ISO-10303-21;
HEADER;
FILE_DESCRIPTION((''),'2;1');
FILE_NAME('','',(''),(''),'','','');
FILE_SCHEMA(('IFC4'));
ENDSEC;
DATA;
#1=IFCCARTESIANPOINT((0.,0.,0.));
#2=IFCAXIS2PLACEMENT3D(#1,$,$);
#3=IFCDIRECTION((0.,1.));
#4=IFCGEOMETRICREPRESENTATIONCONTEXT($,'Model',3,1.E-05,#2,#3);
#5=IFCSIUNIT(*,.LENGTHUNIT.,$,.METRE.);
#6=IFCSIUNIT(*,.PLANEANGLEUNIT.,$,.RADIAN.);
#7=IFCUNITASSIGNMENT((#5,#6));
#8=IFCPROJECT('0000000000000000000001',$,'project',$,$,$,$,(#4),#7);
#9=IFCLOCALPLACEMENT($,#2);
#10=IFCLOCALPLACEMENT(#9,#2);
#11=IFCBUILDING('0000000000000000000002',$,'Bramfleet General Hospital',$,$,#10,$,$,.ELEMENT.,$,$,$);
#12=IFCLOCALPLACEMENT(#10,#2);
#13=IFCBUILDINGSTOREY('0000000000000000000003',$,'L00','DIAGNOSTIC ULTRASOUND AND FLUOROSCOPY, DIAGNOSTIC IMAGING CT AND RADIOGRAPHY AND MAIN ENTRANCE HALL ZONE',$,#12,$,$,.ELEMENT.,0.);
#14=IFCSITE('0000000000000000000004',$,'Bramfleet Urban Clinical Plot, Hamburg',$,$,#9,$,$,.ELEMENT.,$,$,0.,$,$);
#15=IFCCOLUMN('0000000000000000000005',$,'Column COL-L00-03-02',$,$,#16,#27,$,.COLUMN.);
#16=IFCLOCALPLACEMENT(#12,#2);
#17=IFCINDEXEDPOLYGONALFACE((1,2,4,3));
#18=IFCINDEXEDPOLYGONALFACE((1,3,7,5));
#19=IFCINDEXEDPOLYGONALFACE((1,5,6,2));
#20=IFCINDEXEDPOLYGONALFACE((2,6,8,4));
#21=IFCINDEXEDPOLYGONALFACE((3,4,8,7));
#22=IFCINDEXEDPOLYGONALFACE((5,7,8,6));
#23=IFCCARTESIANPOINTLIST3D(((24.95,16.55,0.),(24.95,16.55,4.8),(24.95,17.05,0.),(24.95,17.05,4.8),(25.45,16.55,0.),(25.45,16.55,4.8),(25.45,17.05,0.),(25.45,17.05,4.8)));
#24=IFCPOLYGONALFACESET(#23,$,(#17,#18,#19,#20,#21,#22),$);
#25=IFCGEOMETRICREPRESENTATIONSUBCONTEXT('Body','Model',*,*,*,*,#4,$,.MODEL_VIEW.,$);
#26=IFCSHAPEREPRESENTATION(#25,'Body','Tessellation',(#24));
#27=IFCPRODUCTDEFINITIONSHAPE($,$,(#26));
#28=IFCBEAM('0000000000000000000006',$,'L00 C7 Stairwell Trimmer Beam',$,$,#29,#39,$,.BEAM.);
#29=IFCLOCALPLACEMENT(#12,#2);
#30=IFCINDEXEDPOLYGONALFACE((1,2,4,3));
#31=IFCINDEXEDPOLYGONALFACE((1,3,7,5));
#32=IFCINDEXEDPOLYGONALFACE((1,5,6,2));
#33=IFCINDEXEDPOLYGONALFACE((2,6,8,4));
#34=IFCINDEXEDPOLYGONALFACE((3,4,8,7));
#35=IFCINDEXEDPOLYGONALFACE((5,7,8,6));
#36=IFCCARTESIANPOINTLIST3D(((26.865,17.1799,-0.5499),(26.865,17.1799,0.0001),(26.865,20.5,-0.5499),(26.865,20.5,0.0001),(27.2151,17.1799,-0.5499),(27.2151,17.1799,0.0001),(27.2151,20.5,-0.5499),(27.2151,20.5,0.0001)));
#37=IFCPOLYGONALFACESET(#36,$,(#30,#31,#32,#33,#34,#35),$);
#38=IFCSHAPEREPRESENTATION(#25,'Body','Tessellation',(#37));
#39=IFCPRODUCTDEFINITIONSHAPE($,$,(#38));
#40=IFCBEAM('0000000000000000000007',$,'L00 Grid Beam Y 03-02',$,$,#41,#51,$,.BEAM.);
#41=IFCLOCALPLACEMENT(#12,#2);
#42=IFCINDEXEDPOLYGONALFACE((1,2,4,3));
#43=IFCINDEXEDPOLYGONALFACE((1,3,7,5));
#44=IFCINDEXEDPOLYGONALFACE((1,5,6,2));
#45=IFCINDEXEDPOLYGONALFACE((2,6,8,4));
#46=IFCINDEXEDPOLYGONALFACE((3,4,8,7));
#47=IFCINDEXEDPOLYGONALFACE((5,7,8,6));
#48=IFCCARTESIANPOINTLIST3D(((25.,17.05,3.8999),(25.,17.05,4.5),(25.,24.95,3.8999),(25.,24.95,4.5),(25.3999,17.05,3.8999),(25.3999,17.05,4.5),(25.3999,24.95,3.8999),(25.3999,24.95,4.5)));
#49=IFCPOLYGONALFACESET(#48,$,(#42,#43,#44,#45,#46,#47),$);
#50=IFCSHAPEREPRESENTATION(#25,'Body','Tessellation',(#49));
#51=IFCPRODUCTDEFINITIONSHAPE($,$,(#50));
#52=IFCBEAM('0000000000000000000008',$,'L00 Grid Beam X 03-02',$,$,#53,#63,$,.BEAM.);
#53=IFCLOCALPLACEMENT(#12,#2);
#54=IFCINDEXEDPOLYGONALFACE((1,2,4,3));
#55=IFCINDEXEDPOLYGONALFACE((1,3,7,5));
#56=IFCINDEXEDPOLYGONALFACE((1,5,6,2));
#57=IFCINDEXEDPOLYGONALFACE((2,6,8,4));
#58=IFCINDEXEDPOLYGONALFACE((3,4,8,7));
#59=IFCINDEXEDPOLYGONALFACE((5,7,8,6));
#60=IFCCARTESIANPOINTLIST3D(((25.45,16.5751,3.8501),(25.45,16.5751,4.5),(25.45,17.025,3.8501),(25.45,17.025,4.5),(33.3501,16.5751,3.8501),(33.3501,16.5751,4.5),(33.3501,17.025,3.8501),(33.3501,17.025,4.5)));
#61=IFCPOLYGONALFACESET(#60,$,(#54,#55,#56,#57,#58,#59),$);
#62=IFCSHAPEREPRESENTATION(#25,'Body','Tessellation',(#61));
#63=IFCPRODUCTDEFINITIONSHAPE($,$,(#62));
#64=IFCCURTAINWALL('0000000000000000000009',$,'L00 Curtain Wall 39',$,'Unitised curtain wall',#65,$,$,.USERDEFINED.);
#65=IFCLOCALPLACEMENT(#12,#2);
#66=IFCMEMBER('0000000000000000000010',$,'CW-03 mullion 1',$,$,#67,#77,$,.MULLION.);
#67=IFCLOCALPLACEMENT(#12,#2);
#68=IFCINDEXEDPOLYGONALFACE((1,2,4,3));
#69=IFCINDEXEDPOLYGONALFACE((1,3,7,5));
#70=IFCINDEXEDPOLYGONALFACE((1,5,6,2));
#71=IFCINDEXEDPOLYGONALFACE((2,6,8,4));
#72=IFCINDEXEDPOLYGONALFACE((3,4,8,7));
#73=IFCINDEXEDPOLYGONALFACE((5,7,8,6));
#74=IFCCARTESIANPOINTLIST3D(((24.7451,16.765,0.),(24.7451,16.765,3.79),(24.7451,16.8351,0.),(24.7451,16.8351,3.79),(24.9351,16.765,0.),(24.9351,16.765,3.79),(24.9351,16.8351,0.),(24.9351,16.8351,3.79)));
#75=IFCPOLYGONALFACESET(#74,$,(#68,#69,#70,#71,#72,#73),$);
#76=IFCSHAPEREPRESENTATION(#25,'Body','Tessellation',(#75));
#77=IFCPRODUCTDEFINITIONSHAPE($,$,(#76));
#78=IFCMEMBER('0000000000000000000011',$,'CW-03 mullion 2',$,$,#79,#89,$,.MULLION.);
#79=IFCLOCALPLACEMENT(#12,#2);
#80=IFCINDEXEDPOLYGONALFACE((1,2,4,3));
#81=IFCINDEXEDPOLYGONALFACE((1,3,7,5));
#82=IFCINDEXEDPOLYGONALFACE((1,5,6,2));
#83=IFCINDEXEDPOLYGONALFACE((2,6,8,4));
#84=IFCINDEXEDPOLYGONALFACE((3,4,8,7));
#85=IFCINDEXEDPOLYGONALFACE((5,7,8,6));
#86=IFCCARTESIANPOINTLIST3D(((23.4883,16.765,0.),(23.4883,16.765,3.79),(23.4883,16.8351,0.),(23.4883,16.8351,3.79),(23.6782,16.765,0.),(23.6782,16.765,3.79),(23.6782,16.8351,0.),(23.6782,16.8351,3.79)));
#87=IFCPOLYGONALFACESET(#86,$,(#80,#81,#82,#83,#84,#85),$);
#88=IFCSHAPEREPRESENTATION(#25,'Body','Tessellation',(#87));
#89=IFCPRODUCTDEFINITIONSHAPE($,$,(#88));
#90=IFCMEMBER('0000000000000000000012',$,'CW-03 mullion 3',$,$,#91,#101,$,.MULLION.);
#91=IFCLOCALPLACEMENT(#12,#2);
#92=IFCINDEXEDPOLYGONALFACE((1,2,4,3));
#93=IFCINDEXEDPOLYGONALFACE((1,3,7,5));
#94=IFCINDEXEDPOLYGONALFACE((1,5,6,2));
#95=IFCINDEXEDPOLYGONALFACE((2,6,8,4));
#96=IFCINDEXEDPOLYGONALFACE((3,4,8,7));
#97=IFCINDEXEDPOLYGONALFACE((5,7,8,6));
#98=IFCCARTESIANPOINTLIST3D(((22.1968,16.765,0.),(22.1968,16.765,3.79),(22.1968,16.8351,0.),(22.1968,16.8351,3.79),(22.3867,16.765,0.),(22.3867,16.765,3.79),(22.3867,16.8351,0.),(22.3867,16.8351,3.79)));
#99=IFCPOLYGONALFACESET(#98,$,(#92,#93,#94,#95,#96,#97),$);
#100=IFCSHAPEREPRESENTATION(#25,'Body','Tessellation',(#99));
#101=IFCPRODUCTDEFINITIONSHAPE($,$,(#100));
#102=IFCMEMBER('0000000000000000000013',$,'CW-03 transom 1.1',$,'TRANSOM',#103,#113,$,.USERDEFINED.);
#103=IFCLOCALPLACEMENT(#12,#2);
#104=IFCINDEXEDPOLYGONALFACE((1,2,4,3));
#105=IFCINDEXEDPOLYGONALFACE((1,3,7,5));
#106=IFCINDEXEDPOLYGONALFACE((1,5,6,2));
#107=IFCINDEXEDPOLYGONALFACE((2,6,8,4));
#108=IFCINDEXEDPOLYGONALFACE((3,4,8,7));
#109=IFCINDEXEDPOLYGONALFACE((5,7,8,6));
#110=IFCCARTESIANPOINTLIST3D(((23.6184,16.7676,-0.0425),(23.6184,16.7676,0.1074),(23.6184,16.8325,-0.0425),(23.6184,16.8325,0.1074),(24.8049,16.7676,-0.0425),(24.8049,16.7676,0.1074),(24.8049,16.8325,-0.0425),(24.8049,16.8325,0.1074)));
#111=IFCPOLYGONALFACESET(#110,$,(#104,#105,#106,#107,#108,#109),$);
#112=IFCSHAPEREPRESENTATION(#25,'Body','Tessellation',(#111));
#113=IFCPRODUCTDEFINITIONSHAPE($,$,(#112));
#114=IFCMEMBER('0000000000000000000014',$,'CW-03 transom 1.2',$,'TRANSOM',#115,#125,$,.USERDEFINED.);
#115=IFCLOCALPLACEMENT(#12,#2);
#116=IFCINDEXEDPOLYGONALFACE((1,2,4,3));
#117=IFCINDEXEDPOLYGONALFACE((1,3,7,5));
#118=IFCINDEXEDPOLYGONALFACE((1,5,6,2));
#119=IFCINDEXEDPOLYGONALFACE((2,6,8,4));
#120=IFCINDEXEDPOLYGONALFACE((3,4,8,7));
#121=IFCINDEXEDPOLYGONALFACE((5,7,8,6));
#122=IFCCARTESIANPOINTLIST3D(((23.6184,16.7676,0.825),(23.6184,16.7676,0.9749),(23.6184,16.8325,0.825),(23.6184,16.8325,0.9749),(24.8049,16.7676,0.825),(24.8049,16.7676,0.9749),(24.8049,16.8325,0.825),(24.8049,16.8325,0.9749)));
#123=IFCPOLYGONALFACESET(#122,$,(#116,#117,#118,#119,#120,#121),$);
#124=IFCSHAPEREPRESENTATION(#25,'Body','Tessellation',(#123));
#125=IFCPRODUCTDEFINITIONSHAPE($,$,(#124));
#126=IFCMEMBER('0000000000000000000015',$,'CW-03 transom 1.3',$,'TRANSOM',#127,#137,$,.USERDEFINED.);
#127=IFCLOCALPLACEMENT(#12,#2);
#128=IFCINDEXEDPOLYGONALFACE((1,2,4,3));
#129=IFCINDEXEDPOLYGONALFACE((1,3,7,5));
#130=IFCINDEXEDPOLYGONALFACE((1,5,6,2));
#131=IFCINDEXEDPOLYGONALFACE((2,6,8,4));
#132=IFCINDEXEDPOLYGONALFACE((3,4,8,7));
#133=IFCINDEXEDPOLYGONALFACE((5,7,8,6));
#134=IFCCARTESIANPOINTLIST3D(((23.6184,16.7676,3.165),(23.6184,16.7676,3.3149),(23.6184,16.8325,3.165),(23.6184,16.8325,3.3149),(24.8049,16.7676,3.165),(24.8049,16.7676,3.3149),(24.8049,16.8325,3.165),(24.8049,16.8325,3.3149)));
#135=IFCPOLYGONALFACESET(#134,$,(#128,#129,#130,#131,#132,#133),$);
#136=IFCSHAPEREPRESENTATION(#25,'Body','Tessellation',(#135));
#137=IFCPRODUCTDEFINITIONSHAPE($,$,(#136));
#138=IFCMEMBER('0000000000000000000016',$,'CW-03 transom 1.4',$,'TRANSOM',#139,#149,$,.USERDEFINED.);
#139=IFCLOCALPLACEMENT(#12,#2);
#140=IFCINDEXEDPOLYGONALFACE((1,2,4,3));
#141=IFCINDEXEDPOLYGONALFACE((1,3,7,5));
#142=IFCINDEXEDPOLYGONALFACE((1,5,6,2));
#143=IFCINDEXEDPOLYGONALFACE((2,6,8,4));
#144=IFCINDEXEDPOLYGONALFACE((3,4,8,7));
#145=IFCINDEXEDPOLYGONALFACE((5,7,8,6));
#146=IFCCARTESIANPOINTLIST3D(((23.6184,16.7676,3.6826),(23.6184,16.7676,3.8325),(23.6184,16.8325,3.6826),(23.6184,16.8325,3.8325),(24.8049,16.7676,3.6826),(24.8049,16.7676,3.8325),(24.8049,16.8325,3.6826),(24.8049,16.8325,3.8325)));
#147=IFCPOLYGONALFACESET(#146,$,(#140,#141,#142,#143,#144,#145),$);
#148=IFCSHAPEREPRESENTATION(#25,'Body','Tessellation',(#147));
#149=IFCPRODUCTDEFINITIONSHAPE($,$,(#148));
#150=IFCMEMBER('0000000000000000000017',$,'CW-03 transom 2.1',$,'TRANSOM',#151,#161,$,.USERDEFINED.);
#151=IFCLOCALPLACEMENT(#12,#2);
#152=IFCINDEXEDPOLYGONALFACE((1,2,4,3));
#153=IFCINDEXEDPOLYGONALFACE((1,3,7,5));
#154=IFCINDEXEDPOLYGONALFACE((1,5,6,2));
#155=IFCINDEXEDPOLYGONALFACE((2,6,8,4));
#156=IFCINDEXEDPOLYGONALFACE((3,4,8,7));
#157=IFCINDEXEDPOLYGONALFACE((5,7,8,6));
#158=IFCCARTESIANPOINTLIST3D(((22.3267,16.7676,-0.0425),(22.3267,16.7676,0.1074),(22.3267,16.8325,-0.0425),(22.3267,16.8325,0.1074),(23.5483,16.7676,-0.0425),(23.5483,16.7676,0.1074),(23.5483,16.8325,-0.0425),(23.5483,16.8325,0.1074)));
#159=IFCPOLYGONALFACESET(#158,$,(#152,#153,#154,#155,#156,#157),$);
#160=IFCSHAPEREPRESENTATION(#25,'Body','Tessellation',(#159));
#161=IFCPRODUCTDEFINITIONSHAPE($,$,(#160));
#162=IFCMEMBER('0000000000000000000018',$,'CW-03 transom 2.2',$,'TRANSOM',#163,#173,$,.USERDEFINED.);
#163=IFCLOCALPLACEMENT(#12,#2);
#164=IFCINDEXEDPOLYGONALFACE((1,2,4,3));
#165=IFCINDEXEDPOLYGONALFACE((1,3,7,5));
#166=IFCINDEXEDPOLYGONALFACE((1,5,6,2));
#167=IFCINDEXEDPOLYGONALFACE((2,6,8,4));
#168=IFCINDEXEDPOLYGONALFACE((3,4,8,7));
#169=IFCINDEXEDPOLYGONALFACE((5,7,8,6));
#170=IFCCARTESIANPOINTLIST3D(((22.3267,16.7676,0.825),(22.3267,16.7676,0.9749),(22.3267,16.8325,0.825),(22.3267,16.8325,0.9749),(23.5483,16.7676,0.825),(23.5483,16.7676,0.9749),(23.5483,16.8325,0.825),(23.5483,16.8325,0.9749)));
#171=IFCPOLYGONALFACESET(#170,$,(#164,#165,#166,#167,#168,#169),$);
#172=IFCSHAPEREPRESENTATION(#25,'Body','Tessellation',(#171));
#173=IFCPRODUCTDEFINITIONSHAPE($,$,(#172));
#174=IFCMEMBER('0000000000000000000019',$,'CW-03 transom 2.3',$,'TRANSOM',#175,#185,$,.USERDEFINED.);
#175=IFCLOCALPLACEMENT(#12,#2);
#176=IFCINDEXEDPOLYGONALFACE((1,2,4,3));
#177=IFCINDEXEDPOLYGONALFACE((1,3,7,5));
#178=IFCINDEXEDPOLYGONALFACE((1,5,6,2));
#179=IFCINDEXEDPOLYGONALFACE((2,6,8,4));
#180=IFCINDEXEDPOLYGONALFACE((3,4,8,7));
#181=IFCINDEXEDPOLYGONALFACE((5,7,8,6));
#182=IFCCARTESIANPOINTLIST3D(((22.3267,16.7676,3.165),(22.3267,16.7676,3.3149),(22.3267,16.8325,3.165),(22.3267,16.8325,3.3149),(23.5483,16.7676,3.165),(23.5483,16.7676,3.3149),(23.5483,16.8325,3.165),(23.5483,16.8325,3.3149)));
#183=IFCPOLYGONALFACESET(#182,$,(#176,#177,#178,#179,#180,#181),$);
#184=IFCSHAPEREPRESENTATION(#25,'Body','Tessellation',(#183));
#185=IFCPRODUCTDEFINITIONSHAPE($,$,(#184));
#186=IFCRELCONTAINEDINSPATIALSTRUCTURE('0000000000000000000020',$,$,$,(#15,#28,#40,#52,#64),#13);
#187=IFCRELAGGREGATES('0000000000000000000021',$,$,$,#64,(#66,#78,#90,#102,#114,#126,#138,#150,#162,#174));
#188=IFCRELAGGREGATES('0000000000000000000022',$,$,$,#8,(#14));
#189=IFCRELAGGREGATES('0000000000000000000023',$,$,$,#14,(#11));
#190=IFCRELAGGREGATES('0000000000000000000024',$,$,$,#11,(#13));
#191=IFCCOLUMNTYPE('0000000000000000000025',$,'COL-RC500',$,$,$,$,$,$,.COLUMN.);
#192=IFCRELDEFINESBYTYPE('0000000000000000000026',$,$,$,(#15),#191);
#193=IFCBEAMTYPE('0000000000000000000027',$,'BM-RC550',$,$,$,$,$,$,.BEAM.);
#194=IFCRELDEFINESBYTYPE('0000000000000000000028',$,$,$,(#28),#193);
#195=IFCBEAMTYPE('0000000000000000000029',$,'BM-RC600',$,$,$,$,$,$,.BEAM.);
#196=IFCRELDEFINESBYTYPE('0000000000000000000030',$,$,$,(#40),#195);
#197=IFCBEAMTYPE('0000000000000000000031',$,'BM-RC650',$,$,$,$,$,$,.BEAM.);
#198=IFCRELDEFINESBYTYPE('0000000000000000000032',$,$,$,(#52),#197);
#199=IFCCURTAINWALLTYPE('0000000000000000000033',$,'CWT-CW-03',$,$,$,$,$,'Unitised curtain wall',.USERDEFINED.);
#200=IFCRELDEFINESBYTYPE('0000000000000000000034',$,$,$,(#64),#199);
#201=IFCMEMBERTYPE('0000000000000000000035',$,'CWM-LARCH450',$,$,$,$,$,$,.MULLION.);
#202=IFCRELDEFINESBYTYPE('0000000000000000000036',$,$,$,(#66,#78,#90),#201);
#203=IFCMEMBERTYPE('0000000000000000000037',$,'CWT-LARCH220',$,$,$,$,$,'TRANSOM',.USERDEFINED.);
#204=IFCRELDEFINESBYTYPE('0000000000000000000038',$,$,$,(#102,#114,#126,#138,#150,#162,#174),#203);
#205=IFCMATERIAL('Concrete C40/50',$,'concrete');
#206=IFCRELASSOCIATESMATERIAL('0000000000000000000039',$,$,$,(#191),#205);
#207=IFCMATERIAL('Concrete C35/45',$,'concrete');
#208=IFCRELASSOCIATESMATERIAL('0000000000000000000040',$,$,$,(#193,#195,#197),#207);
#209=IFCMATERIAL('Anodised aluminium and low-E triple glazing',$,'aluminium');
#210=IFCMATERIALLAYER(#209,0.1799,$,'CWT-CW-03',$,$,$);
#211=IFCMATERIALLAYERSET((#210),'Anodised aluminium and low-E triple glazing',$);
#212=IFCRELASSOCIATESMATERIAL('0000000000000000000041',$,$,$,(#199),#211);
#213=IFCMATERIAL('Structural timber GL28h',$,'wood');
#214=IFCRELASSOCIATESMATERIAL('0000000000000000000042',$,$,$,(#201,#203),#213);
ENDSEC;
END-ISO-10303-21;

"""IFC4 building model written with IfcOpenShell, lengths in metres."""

from ifc_helpers import new_model, si_unit, direction, frame, origin, origin_2d, place, context, subcontext, project, spatial, rectangle, extrude, material, layer, layer_set, material_profile, profile_set, type_object, element, aggregate, save


model = new_model("IFC4")

# Units and contexts
model_context = context("Model", 3, precision=1e-05, world=origin(), true_north=direction((0.0, 1.0)))
body_context = subcontext(model_context, "Body", "Model", "MODEL_VIEW")
ifc_project = project(units=[si_unit("LENGTHUNIT", "METRE"), si_unit("PLANEANGLEUNIT", "RADIAN")], contexts=[model_context])

# Site, building, storey
site_placement = place(None, origin())
site = spatial("IfcSite", under=ifc_project, at=site_placement, Name="Bramfleet Urban Clinical Plot, Hamburg", CompositionType="ELEMENT", RefElevation=0.0)
building_placement = place(site_placement, origin())
building = spatial("IfcBuilding", under=site, at=building_placement, Name="Bramfleet General Hospital", CompositionType="ELEMENT")
storey_placement = place(building_placement, origin())
storey = spatial("IfcBuildingStorey", under=building, at=storey_placement, Name="L00", Description="DIAGNOSTIC ULTRASOUND AND FLUOROSCOPY, DIAGNOSTIC IMAGING CT AND RADIOGRAPHY AND MAIN ENTRANCE HALL ZONE", CompositionType="ELEMENT", Elevation=0.0)

# Column
ifc_material_1 = material(Name="Concrete C40/50", Category="concrete")
ifc_material_profile_1 = material_profile(ifc_material_1, rectangle(XDim=0.5, YDim=0.5, at=origin_2d()), Name="RC COL 500x500")
ifc_profile_set_1 = profile_set([ifc_material_profile_1], Name="Concrete C40/50")
column_type = type_object("IfcColumnType", Name="COL-RC500", PredefinedType="COLUMN", material=ifc_profile_set_1)
column_placement = place(storey_placement, frame((25.2, 16.8, 0.0), z_axis=(0.0, 0.0, 1.0), x_axis=(1.0, 0.0, 0.0)))
element("IfcColumn", 1, at=column_placement, inside=storey, type_object=column_type, Name="Column COL-L00-03-02", PredefinedType="COLUMN", context=body_context, shape_type="SweptSolid", body=[
    extrude(rectangle(XDim=0.5, YDim=0.5, at=origin_2d()), origin(), (0.0, 0.0, 1.0), 4.8),
])

# Beams
ifc_material_2 = material(Name="Concrete C35/45", Category="concrete")
ifc_material_profile_2 = material_profile(ifc_material_2, rectangle(XDim=0.3501, YDim=0.55, at=origin_2d()), Name="RC BM 550x350")
ifc_profile_set_2 = profile_set([ifc_material_profile_2], Name="Concrete C35/45")
beam_type_1 = type_object("IfcBeamType", Name="BM-RC550", PredefinedType="BEAM", material=ifc_profile_set_2)
beam_1_placement = place(storey_placement, frame((27.04, 17.1799, -0.2749), z_axis=(0.0, 1.0, 0.0), x_axis=(-1.0, 0.0, 0.0)))
element("IfcBeam", 2, at=beam_1_placement, inside=storey, type_object=beam_type_1, Name="L00 C7 Stairwell Trimmer Beam", PredefinedType="BEAM", context=body_context, shape_type="SweptSolid", body=[
    extrude(rectangle(XDim=0.3501, YDim=0.55, at=origin_2d()), origin(), (0.0, 0.0, 1.0), 3.3201),
])
ifc_material_profile_3 = material_profile(ifc_material_2, rectangle(XDim=0.3999, YDim=0.6001, at=origin_2d()), Name="RC BM 600x400")
ifc_profile_set_3 = profile_set([ifc_material_profile_3], Name="Concrete C35/45")
beam_type_2 = type_object("IfcBeamType", Name="BM-RC600", PredefinedType="BEAM", material=ifc_profile_set_3)
beam_2_placement = place(storey_placement, frame((25.2, 17.05, 4.2), z_axis=(0.0, 1.0, 0.0), x_axis=(-1.0, 0.0, 0.0)))
element("IfcBeam", 3, at=beam_2_placement, inside=storey, type_object=beam_type_2, Name="L00 Grid Beam Y 03-02", PredefinedType="BEAM", context=body_context, shape_type="SweptSolid", body=[
    extrude(rectangle(XDim=0.3999, YDim=0.6001, at=origin_2d()), origin(), (0.0, 0.0, 1.0), 7.8999),
])
ifc_material_profile_4 = material_profile(ifc_material_2, rectangle(XDim=0.45, YDim=0.6499, at=origin_2d()), Name="RC BM 650x450")
ifc_profile_set_4 = profile_set([ifc_material_profile_4], Name="Concrete C35/45")
beam_type_3 = type_object("IfcBeamType", Name="BM-RC650", PredefinedType="BEAM", material=ifc_profile_set_4)
beam_3_placement = place(storey_placement, frame((25.45, 16.8, 4.175), z_axis=(1.0, 0.0, 0.0), x_axis=(0.0, 1.0, 0.0)))
element("IfcBeam", 4, at=beam_3_placement, inside=storey, type_object=beam_type_3, Name="L00 Grid Beam X 03-02", PredefinedType="BEAM", context=body_context, shape_type="SweptSolid", body=[
    extrude(rectangle(XDim=0.45, YDim=0.6499, at=origin_2d()), origin(), (0.0, 0.0, 1.0), 7.9001),
])

# Curtain wall, members
ifc_material_3 = material(Name="Anodised aluminium and low-E triple glazing", Category="aluminium")
ifc_layer_1 = layer(ifc_material_3, 0.1799, Name="CWT-CW-03")
ifc_layer_set_1 = layer_set([ifc_layer_1], Name="Anodised aluminium and low-E triple glazing")
curtain_wall_type = type_object("IfcCurtainWallType", Name="CWT-CW-03", ElementType="Unitised curtain wall", PredefinedType="USERDEFINED", material=ifc_layer_set_1)
curtain_wall_placement = place(storey_placement, origin())
curtain_wall = element("IfcCurtainWall", 5, at=curtain_wall_placement, inside=storey, type_object=curtain_wall_type, Name="L00 Curtain Wall 39", ObjectType="Unitised curtain wall", PredefinedType="USERDEFINED")
ifc_material_4 = material(Name="Structural timber GL28h", Category="wood")
ifc_material_profile_5 = material_profile(ifc_material_4, rectangle(XDim=0.0701, YDim=0.1899, at=origin_2d()), Name="LARCH 190x70")
ifc_profile_set_5 = profile_set([ifc_material_profile_5], Name="Structural timber GL28h")
member_type_1 = type_object("IfcMemberType", Name="CWM-LARCH450", PredefinedType="MULLION", material=ifc_profile_set_5)
member_1_placement = place(storey_placement, frame((24.8401, 16.8, 0.0), z_axis=(0.0, 0.0, 1.0), x_axis=(0.0, -1.0, 0.0)))
member_1 = element("IfcMember", 6, at=member_1_placement, type_object=member_type_1, Name="CW-03 mullion 1", PredefinedType="MULLION", context=body_context, shape_type="SweptSolid", body=[
    extrude(rectangle(XDim=0.0701, YDim=0.1899, at=origin_2d()), origin(), (0.0, 0.0, 1.0), 3.79),
])
member_2_placement = place(storey_placement, frame((23.5833, 16.8, 0.0), z_axis=(0.0, 0.0, 1.0), x_axis=(0.0, -1.0, 0.0)))
member_2 = element("IfcMember", 7, at=member_2_placement, type_object=member_type_1, Name="CW-03 mullion 2", PredefinedType="MULLION", context=body_context, shape_type="SweptSolid", body=[
    extrude(rectangle(XDim=0.0701, YDim=0.1899, at=origin_2d()), origin(), (0.0, 0.0, 1.0), 3.79),
])
member_3_placement = place(storey_placement, frame((22.2917, 16.8, 0.0), z_axis=(0.0, 0.0, 1.0), x_axis=(0.0, -1.0, 0.0)))
member_3 = element("IfcMember", 8, at=member_3_placement, type_object=member_type_1, Name="CW-03 mullion 3", PredefinedType="MULLION", context=body_context, shape_type="SweptSolid", body=[
    extrude(rectangle(XDim=0.0701, YDim=0.1899, at=origin_2d()), origin(), (0.0, 0.0, 1.0), 3.79),
])
ifc_material_profile_6 = material_profile(ifc_material_4, rectangle(XDim=0.0649, YDim=0.1499, at=origin_2d()), Name="LARCH 150x65")
ifc_profile_set_6 = profile_set([ifc_material_profile_6], Name="Structural timber GL28h")
member_type_2 = type_object("IfcMemberType", Name="CWT-LARCH220", ElementType="TRANSOM", PredefinedType="USERDEFINED", material=ifc_profile_set_6)
member_4_placement = place(storey_placement, frame((24.8049, 16.8, 0.0325), z_axis=(-1.0, 0.0, 0.0), x_axis=(0.0, -1.0, 0.0)))
member_4 = element("IfcMember", 9, at=member_4_placement, type_object=member_type_2, Name="CW-03 transom 1.1", ObjectType="TRANSOM", PredefinedType="USERDEFINED", context=body_context, shape_type="SweptSolid", body=[
    extrude(rectangle(XDim=0.0649, YDim=0.1499, at=origin_2d()), origin(), (0.0, 0.0, 1.0), 1.1865),
])
member_5_placement = place(storey_placement, frame((24.8049, 16.8, 0.8999), z_axis=(-1.0, 0.0, 0.0), x_axis=(0.0, -1.0, 0.0)))
member_5 = element("IfcMember", 10, at=member_5_placement, type_object=member_type_2, Name="CW-03 transom 1.2", ObjectType="TRANSOM", PredefinedType="USERDEFINED", context=body_context, shape_type="SweptSolid", body=[
    extrude(rectangle(XDim=0.0649, YDim=0.1499, at=origin_2d()), origin(), (0.0, 0.0, 1.0), 1.1865),
])
member_6_placement = place(storey_placement, frame((24.8049, 16.8, 3.24), z_axis=(-1.0, 0.0, 0.0), x_axis=(0.0, -1.0, 0.0)))
member_6 = element("IfcMember", 11, at=member_6_placement, type_object=member_type_2, Name="CW-03 transom 1.3", ObjectType="TRANSOM", PredefinedType="USERDEFINED", context=body_context, shape_type="SweptSolid", body=[
    extrude(rectangle(XDim=0.0649, YDim=0.1499, at=origin_2d()), origin(), (0.0, 0.0, 1.0), 1.1865),
])
member_7_placement = place(storey_placement, frame((24.8049, 16.8, 3.7576), z_axis=(-1.0, 0.0, 0.0), x_axis=(0.0, -1.0, 0.0)))
member_7 = element("IfcMember", 12, at=member_7_placement, type_object=member_type_2, Name="CW-03 transom 1.4", ObjectType="TRANSOM", PredefinedType="USERDEFINED", context=body_context, shape_type="SweptSolid", body=[
    extrude(rectangle(XDim=0.0649, YDim=0.1499, at=origin_2d()), origin(), (0.0, 0.0, 1.0), 1.1865),
])
member_8_placement = place(storey_placement, frame((23.5483, 16.8, 0.0325), z_axis=(-1.0, 0.0, 0.0), x_axis=(0.0, -1.0, 0.0)))
member_8 = element("IfcMember", 13, at=member_8_placement, type_object=member_type_2, Name="CW-03 transom 2.1", ObjectType="TRANSOM", PredefinedType="USERDEFINED", context=body_context, shape_type="SweptSolid", body=[
    extrude(rectangle(XDim=0.0649, YDim=0.1499, at=origin_2d()), origin(), (0.0, 0.0, 1.0), 1.2217),
])
member_9_placement = place(storey_placement, frame((23.5483, 16.8, 0.8999), z_axis=(-1.0, 0.0, 0.0), x_axis=(0.0, -1.0, 0.0)))
member_9 = element("IfcMember", 14, at=member_9_placement, type_object=member_type_2, Name="CW-03 transom 2.2", ObjectType="TRANSOM", PredefinedType="USERDEFINED", context=body_context, shape_type="SweptSolid", body=[
    extrude(rectangle(XDim=0.0649, YDim=0.1499, at=origin_2d()), origin(), (0.0, 0.0, 1.0), 1.2217),
])
member_10_placement = place(storey_placement, frame((23.5483, 16.8, 3.24), z_axis=(-1.0, 0.0, 0.0), x_axis=(0.0, -1.0, 0.0)))
member_10 = element("IfcMember", 15, at=member_10_placement, type_object=member_type_2, Name="CW-03 transom 2.3", ObjectType="TRANSOM", PredefinedType="USERDEFINED", context=body_context, shape_type="SweptSolid", body=[
    extrude(rectangle(XDim=0.0649, YDim=0.1499, at=origin_2d()), origin(), (0.0, 0.0, 1.0), 1.2217),
])
aggregate(curtain_wall, [member_1, member_2, member_3, member_4, member_5, member_6, member_7, member_8, member_9, member_10])

save(model, "model.ifc")
